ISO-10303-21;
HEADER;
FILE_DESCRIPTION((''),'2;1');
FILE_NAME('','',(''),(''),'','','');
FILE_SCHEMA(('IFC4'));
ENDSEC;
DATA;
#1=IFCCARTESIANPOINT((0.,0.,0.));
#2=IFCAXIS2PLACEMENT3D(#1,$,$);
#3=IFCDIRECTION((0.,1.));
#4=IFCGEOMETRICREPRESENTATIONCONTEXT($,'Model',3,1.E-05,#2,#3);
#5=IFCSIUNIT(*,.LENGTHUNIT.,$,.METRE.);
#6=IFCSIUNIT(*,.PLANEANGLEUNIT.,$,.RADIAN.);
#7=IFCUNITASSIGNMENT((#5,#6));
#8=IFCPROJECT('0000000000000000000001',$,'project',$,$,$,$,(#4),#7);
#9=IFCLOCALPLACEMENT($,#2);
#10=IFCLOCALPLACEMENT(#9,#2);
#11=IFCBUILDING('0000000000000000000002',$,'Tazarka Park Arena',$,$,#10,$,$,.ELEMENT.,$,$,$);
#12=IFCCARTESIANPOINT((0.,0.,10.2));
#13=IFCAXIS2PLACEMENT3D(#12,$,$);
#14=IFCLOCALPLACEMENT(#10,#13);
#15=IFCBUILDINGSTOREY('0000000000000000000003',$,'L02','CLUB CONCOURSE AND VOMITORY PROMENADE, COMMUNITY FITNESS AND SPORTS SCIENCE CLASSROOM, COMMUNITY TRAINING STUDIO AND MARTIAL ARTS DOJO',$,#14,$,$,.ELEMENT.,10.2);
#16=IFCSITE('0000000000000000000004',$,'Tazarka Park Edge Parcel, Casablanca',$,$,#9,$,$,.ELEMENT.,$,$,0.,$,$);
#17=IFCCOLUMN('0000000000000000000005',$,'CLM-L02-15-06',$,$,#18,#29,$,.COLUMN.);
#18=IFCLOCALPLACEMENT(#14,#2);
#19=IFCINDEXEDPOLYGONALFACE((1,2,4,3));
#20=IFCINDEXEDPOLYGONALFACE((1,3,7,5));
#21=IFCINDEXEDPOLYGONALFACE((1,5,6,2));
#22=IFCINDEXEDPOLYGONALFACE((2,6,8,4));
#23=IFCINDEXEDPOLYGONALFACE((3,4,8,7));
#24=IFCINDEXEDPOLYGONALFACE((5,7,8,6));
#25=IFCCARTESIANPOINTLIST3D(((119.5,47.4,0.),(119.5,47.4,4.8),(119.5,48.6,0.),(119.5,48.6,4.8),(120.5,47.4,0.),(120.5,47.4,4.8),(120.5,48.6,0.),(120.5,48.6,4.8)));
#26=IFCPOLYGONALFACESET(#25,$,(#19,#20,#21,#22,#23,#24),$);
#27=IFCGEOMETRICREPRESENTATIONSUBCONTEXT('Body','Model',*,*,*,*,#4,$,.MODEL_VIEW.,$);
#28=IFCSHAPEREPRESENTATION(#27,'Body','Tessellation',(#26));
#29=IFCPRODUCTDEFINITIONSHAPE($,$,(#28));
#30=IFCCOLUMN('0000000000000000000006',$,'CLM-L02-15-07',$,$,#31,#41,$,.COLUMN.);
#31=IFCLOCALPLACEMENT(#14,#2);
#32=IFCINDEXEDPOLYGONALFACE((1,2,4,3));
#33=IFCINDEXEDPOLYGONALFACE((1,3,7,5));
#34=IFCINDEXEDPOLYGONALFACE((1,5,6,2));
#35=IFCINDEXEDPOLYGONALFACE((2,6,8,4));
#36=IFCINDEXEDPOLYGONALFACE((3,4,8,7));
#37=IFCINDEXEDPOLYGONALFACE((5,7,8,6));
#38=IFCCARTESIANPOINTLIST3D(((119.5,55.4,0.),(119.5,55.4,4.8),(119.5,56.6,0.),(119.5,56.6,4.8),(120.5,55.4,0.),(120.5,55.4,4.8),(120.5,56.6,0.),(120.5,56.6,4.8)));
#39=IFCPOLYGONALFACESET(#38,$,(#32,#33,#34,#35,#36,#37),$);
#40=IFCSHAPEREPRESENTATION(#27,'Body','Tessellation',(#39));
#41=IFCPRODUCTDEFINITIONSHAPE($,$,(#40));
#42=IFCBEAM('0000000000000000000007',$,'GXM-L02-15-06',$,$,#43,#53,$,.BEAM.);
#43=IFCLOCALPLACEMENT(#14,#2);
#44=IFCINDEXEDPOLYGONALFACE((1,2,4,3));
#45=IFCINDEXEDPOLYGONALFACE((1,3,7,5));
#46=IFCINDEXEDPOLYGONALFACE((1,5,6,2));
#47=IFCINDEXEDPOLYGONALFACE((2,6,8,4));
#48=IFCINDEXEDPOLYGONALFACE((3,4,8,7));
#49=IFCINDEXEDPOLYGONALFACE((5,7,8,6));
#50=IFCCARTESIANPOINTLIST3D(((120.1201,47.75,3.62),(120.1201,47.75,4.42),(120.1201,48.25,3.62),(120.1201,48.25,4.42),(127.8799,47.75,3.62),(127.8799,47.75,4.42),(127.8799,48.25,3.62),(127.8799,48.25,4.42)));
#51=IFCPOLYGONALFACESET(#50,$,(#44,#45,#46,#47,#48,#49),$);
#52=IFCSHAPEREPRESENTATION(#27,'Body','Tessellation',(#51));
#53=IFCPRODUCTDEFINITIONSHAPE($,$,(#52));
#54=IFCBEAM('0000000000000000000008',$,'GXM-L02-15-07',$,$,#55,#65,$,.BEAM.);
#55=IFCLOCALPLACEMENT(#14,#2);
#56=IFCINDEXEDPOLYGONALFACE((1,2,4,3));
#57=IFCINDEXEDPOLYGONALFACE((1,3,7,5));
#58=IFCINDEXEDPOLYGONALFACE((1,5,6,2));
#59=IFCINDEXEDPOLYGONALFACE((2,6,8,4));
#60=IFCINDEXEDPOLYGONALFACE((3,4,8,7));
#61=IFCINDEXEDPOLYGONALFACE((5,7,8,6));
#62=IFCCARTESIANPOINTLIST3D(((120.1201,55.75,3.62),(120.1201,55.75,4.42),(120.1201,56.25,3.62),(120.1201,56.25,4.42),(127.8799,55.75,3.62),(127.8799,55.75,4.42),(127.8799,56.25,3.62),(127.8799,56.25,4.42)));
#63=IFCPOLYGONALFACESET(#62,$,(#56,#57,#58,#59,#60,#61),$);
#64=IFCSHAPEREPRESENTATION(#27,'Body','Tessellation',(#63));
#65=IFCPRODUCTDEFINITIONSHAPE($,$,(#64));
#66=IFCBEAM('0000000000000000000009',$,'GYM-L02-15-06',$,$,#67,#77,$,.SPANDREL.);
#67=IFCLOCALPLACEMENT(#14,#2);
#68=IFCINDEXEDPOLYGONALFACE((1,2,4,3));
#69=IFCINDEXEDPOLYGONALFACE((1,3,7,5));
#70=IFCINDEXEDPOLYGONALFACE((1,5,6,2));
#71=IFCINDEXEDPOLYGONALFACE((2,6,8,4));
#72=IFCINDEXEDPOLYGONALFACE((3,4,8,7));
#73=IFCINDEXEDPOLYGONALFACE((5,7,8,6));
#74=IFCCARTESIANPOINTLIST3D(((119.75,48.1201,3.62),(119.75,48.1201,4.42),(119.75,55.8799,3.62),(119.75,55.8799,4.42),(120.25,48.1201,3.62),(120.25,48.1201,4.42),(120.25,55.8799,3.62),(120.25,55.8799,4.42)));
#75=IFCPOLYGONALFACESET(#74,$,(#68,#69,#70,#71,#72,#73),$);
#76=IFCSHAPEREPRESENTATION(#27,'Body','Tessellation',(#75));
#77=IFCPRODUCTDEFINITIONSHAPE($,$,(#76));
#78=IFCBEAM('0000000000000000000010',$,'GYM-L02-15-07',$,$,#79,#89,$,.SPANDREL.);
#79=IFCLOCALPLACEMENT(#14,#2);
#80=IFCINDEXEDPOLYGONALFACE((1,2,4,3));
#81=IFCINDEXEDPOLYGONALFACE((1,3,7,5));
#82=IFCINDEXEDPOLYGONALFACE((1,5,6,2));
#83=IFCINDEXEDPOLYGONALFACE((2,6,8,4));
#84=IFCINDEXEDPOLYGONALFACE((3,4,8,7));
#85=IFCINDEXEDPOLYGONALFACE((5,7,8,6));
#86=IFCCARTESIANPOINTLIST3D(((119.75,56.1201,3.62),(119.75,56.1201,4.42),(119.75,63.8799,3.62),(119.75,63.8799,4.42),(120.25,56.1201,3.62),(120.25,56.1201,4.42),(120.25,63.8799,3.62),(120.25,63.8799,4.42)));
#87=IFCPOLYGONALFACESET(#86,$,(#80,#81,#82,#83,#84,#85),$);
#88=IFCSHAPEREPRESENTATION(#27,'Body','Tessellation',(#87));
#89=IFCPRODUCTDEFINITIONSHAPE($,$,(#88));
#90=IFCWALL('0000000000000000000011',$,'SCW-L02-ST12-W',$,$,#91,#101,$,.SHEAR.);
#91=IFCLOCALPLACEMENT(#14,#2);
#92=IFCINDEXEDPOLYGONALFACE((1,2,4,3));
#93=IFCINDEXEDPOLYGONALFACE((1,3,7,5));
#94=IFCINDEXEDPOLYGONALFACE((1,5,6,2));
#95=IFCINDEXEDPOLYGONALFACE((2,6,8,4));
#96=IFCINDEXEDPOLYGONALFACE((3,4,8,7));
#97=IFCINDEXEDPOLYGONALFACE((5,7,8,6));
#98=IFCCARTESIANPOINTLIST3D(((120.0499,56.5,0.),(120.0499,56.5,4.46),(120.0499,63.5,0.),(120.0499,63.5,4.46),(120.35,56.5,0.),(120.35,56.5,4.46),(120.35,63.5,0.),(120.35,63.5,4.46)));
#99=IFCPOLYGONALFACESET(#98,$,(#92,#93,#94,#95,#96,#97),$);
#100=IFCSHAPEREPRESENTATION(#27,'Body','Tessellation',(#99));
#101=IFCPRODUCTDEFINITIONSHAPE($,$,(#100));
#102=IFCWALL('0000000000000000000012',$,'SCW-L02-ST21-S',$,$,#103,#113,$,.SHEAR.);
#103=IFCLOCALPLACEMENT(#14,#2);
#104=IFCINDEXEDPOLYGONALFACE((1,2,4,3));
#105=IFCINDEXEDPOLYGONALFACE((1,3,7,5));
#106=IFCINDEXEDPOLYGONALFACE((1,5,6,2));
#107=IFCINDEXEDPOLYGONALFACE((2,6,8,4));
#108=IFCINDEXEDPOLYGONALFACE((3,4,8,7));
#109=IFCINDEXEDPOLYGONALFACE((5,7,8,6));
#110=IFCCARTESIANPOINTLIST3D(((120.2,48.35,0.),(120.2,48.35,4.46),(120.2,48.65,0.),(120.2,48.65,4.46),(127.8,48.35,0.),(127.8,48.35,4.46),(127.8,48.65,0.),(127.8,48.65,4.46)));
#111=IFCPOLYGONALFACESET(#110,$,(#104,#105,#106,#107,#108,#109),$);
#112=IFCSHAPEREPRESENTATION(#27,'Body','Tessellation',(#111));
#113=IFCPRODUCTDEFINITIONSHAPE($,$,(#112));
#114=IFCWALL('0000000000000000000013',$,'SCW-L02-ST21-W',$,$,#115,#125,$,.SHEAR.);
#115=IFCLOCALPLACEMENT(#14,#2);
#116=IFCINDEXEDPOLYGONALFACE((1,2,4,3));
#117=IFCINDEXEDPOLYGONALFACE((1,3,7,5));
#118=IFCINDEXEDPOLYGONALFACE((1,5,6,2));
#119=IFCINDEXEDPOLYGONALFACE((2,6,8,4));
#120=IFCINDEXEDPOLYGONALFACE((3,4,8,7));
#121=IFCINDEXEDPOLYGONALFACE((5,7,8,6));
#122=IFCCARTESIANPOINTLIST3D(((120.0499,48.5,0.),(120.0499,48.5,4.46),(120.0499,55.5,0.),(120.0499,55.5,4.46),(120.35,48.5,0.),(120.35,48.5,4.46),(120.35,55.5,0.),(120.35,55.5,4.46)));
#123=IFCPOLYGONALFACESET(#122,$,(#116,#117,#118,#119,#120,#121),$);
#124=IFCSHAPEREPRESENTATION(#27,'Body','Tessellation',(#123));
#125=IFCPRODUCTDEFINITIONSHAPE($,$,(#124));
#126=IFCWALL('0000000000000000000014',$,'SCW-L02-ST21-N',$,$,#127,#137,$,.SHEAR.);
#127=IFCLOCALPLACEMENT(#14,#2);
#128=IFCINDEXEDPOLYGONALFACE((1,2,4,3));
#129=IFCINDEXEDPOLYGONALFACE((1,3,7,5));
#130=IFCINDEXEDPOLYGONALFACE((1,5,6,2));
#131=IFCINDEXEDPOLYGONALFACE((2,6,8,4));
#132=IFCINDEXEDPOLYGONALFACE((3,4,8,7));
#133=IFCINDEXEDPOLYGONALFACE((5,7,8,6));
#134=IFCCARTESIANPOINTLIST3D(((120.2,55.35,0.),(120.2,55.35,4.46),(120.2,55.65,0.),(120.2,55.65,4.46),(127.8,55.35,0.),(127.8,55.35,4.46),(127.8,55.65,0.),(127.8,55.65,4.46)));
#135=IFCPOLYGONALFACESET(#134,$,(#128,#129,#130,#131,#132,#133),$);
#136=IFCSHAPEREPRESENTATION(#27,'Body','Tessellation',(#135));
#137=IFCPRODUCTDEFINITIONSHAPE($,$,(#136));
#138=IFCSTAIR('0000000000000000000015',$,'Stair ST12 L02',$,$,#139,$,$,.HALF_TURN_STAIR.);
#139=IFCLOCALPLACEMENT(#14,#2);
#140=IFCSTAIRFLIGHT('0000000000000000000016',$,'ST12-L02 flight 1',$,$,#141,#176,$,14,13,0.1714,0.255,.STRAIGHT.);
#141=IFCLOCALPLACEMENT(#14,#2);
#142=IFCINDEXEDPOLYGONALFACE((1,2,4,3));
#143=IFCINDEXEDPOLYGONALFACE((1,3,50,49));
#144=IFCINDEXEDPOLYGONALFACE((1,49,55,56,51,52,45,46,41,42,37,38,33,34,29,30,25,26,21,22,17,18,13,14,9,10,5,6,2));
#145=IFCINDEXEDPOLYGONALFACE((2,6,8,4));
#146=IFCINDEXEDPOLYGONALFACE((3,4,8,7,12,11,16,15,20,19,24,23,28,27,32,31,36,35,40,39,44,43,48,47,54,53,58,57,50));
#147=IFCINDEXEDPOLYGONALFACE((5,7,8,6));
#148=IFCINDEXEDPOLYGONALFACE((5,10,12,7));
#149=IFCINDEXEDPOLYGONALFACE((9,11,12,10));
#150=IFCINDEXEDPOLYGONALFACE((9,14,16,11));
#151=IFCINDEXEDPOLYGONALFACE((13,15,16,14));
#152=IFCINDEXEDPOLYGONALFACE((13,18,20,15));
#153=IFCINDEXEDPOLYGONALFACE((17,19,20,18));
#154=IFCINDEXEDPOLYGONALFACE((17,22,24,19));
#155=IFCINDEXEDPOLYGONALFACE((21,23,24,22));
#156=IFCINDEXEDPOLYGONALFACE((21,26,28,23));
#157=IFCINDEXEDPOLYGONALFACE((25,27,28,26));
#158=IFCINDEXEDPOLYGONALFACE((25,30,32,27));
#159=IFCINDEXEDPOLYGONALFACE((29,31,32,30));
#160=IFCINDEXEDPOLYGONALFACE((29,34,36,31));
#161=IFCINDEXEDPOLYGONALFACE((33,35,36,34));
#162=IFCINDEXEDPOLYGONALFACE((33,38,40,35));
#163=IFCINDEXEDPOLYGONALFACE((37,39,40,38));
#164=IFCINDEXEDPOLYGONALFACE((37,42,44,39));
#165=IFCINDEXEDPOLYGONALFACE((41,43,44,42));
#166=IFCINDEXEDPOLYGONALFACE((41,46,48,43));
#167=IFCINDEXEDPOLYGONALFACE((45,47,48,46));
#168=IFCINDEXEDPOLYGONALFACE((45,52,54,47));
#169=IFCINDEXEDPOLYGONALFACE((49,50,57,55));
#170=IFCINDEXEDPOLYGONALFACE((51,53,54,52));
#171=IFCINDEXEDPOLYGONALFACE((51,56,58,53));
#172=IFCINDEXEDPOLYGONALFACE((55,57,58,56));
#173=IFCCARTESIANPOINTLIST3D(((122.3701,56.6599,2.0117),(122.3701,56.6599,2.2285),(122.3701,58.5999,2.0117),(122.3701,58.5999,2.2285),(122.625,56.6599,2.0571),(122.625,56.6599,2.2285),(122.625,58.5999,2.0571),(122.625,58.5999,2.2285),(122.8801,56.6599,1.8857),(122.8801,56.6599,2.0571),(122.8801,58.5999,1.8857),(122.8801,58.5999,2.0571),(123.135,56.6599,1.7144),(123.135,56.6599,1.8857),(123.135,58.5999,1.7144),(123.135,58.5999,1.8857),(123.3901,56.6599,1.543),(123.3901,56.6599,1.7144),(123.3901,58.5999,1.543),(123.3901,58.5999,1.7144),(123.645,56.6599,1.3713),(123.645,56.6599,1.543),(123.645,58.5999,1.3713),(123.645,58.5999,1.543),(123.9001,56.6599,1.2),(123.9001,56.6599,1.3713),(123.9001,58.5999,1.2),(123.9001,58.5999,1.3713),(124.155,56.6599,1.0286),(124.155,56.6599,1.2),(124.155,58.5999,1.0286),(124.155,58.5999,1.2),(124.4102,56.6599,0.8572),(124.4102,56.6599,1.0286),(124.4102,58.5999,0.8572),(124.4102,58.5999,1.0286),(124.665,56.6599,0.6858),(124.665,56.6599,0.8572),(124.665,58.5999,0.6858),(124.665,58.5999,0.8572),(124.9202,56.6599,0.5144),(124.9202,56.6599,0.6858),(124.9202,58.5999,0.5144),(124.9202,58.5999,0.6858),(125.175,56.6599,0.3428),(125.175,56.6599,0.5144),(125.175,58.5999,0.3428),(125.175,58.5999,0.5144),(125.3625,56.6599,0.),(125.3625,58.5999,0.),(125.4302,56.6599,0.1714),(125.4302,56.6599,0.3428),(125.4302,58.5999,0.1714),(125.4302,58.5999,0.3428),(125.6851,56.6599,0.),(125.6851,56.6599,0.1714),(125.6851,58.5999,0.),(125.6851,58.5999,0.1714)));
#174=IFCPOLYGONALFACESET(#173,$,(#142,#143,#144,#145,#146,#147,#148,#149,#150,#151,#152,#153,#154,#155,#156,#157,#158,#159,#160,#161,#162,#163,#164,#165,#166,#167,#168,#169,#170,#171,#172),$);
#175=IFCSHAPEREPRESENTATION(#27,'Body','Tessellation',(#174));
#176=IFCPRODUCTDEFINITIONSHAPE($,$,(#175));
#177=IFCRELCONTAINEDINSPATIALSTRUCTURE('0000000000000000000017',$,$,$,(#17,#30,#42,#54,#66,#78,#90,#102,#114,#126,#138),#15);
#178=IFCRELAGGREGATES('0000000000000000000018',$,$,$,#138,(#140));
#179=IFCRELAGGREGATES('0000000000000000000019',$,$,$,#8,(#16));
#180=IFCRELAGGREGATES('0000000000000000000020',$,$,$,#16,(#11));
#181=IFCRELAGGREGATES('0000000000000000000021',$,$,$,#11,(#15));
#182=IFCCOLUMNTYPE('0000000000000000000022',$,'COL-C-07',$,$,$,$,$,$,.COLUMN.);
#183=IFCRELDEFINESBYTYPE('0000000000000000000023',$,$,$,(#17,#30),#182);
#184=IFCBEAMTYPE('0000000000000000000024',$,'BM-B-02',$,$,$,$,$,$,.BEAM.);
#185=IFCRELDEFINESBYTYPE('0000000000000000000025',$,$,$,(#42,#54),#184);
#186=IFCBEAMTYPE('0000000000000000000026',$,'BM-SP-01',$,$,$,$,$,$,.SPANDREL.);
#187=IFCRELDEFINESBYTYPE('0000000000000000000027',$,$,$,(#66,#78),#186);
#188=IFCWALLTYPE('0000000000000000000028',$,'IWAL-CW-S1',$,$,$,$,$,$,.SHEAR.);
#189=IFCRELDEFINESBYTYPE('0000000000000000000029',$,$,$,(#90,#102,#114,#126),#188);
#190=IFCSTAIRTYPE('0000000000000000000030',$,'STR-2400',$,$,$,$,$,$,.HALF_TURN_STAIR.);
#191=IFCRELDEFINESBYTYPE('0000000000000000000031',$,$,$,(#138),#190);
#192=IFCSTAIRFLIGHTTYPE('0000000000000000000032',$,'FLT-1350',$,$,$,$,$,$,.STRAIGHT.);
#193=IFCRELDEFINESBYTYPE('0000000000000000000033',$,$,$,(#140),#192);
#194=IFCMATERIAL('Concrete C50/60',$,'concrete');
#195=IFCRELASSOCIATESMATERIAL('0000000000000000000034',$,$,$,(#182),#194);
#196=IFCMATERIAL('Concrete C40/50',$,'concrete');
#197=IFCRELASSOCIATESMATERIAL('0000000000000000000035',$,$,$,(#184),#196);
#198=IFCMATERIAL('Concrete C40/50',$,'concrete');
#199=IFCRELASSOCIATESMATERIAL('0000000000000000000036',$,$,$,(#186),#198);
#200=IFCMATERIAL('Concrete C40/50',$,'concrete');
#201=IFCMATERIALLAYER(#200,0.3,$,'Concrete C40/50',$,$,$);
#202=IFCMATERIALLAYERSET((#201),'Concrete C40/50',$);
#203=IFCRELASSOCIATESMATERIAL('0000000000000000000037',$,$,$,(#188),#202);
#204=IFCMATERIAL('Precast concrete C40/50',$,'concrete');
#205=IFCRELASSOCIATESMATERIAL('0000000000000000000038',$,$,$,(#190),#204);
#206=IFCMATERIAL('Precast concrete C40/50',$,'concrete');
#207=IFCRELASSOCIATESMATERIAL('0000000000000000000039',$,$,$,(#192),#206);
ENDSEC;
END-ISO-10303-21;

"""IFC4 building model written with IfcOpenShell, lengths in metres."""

from ifc_helpers import new_model, si_unit, direction, frame, frame_2d, origin, origin_2d, place, context, subcontext, project, spatial, polyline, rectangle, outline, extrude, material, layer, layer_set, material_profile, profile_set, type_object, element, aggregate, save


model = new_model("IFC4")

# Units and contexts
model_context = context("Model", 3, precision=1e-05, world=origin(), true_north=direction((0.0, 1.0)))
body_context = subcontext(model_context, "Body", "Model", "MODEL_VIEW")
ifc_project = project(units=[si_unit("LENGTHUNIT", "METRE"), si_unit("PLANEANGLEUNIT", "RADIAN")], contexts=[model_context])

# Site, building, storey
site_placement = place(None, origin())
site = spatial("IfcSite", under=ifc_project, at=site_placement, Name="Tazarka Park Edge Parcel, Casablanca", CompositionType="ELEMENT", RefElevation=0.0)
building_placement = place(site_placement, origin())
building = spatial("IfcBuilding", under=site, at=building_placement, Name="Tazarka Park Arena", CompositionType="ELEMENT")
storey_placement = place(building_placement, frame((0.0, 0.0, 10.2)))
storey = spatial("IfcBuildingStorey", under=building, at=storey_placement, Name="L02", Description="CLUB CONCOURSE AND VOMITORY PROMENADE, COMMUNITY FITNESS AND SPORTS SCIENCE CLASSROOM, COMMUNITY TRAINING STUDIO AND MARTIAL ARTS DOJO", CompositionType="ELEMENT", Elevation=10.2)

# Columns
ifc_material_1 = material(Name="Concrete C50/60", Category="concrete")
ifc_material_profile_1 = material_profile(ifc_material_1, rectangle(XDim=1.0, YDim=1.2, at=origin_2d()), Name="Concrete C50/60")
ifc_profile_set_1 = profile_set([ifc_material_profile_1], Name="Concrete C50/60")
column_type = type_object("IfcColumnType", Name="COL-C-07", PredefinedType="COLUMN", material=ifc_profile_set_1)
for number, where, z_axis, x_axis, name in (
    (1, (120.0, 48.0, 0.0), (0.0, 0.0, 1.0), (1.0, 0.0, 0.0), "CLM-L02-15-06"),
    (2, (120.0, 56.0, 0.0), (0.0, 0.0, 1.0), (1.0, 0.0, 0.0), "CLM-L02-15-07"),
):
    element("IfcColumn", number, at=place(storey_placement, frame(where, z_axis=z_axis, x_axis=x_axis)), inside=storey, type_object=column_type, Name=name, PredefinedType="COLUMN", context=body_context, shape_type="SweptSolid", body=[
        extrude(rectangle(XDim=1.0, YDim=1.2, at=origin_2d()), origin(), (0.0, 0.0, 1.0), 4.8),
    ])

# Beams
ifc_material_2 = material(Name="Concrete C40/50", Category="concrete")
ifc_material_profile_2 = material_profile(ifc_material_2, rectangle(XDim=0.5, YDim=0.8, at=origin_2d()), Name="Concrete C40/50")
ifc_profile_set_2 = profile_set([ifc_material_profile_2], Name="Concrete C40/50")
beam_type_1 = type_object("IfcBeamType", Name="BM-B-02", PredefinedType="BEAM", material=ifc_profile_set_2)
for number, where, z_axis, x_axis, name in (
    (3, (120.1201, 48.0, 4.02), (1.0, 0.0, 0.0), (0.0, 1.0, 0.0), "GXM-L02-15-06"),
    (4, (120.1201, 56.0, 4.02), (1.0, 0.0, 0.0), (0.0, 1.0, 0.0), "GXM-L02-15-07"),
):
    element("IfcBeam", number, at=place(storey_placement, frame(where, z_axis=z_axis, x_axis=x_axis)), inside=storey, type_object=beam_type_1, Name=name, PredefinedType="BEAM", context=body_context, shape_type="SweptSolid", body=[
        extrude(rectangle(XDim=0.5, YDim=0.8, at=origin_2d()), origin(), (0.0, 0.0, 1.0), 7.7598),
    ])
ifc_material_3 = material(Name="Concrete C40/50", Category="concrete")
ifc_material_profile_3 = material_profile(ifc_material_3, rectangle(XDim=0.5, YDim=0.8, at=origin_2d()), Name="Concrete C40/50")
ifc_profile_set_3 = profile_set([ifc_material_profile_3], Name="Concrete C40/50")
beam_type_2 = type_object("IfcBeamType", Name="BM-SP-01", PredefinedType="SPANDREL", material=ifc_profile_set_3)
for number, where, z_axis, x_axis, name in (
    (5, (120.0, 48.1201, 4.02), (0.0, 1.0, 0.0), (-1.0, 0.0, 0.0), "GYM-L02-15-06"),
    (6, (120.0, 56.1201, 4.02), (0.0, 1.0, 0.0), (-1.0, 0.0, 0.0), "GYM-L02-15-07"),
):
    element("IfcBeam", number, at=place(storey_placement, frame(where, z_axis=z_axis, x_axis=x_axis)), inside=storey, type_object=beam_type_2, Name=name, PredefinedType="SPANDREL", context=body_context, shape_type="SweptSolid", body=[
        extrude(rectangle(XDim=0.5, YDim=0.8, at=origin_2d()), origin(), (0.0, 0.0, 1.0), 7.7598),
    ])

# Walls
ifc_material_4 = material(Name="Concrete C40/50", Category="concrete")
ifc_layer = layer(ifc_material_4, 0.3, Name="Concrete C40/50")
ifc_layer_set = layer_set([ifc_layer], Name="Concrete C40/50")
wall_type = type_object("IfcWallType", Name="IWAL-CW-S1", PredefinedType="SHEAR", material=ifc_layer_set)
wall_1_placement = place(storey_placement, frame((120.2, 56.5, 0.0), z_axis=(0.0, 0.0, 1.0), x_axis=(0.0, 1.0, 0.0)))
element("IfcWall", 7, at=wall_1_placement, inside=storey, type_object=wall_type, Name="SCW-L02-ST12-W", PredefinedType="SHEAR", context=body_context, shape_type="SweptSolid", body=[
    extrude(rectangle(XDim=7.0, YDim=0.3, at=frame_2d((3.5, 0.0))), origin(), (0.0, 0.0, 1.0), 4.46),
])
wall_2_placement = place(storey_placement, frame((127.8, 48.5, 0.0), z_axis=(0.0, 0.0, 1.0), x_axis=(-1.0, 0.0, 0.0)))
element("IfcWall", 8, at=wall_2_placement, inside=storey, type_object=wall_type, Name="SCW-L02-ST21-S", PredefinedType="SHEAR", context=body_context, shape_type="SweptSolid", body=[
    extrude(rectangle(XDim=7.6001, YDim=0.3, at=frame_2d((3.8, 0.0))), origin(), (0.0, 0.0, 1.0), 4.46),
])
wall_3_placement = place(storey_placement, frame((120.2, 48.5, 0.0), z_axis=(0.0, 0.0, 1.0), x_axis=(0.0, 1.0, 0.0)))
element("IfcWall", 9, at=wall_3_placement, inside=storey, type_object=wall_type, Name="SCW-L02-ST21-W", PredefinedType="SHEAR", context=body_context, shape_type="SweptSolid", body=[
    extrude(rectangle(XDim=7.0, YDim=0.3, at=frame_2d((3.5, 0.0))), origin(), (0.0, 0.0, 1.0), 4.46),
])
wall_4_placement = place(storey_placement, frame((120.2, 55.5, 0.0), z_axis=(0.0, 0.0, 1.0), x_axis=(1.0, 0.0, 0.0)))
element("IfcWall", 10, at=wall_4_placement, inside=storey, type_object=wall_type, Name="SCW-L02-ST21-N", PredefinedType="SHEAR", context=body_context, shape_type="SweptSolid", body=[
    extrude(rectangle(XDim=7.6001, YDim=0.3, at=frame_2d((3.8, 0.0))), origin(), (0.0, 0.0, 1.0), 4.46),
])

# Stair, stair flight
ifc_material_5 = material(Name="Precast concrete C40/50", Category="concrete")
stair_type_1 = type_object("IfcStairType", Name="STR-2400", PredefinedType="HALF_TURN_STAIR", material=ifc_material_5)
stair_1_placement = place(storey_placement, origin())
stair_1 = element("IfcStair", 11, at=stair_1_placement, inside=storey, type_object=stair_type_1, Name="Stair ST12 L02", PredefinedType="HALF_TURN_STAIR")
ifc_material_6 = material(Name="Precast concrete C40/50", Category="concrete")
stair_flight_type_1 = type_object("IfcStairFlightType", Name="FLT-1350", PredefinedType="STRAIGHT", material=ifc_material_6)
stair_flight_1_placement = place(storey_placement, frame((125.6851, 57.6299, 0.0), z_axis=(0.0, 0.0, 1.0), x_axis=(-1.0, 0.0, 0.0)))
stair_flight_1 = element("IfcStairFlight", 12, at=stair_flight_1_placement, type_object=stair_flight_type_1, Name="ST12-L02 flight 1", NumberOfRisers=14, NumberOfTreads=13, PredefinedType="STRAIGHT", RiserHeight=0.1714, TreadLength=0.255, context=body_context, shape_type="SweptSolid", body=[
    extrude(outline(polyline([(0.0, 0.0), (0.0, 0.1714), (0.2549, 0.1714), (0.2549, 0.3428), (0.51, 0.3428), (0.51, 0.5144), (0.7649, 0.5144), (0.7649, 0.6858), (1.02, 0.6858), (1.02, 0.8572), (1.2749, 0.8572), (1.2749, 1.0286), (1.53, 1.0286), (1.53, 1.2), (1.7849, 1.2), (1.7849, 1.3713), (2.04, 1.3713), (2.04, 1.543), (2.2949, 1.543), (2.2949, 1.7144), (2.55, 1.7144), (2.55, 1.8857), (2.8049, 1.8857), (2.8049, 2.0571), (3.0601, 2.0571), (3.0601, 2.2285), (3.3149, 2.2285), (3.3149, 2.3999), (3.3149, 2.0117), (0.3225, 0.0), (0.0, 0.0)])), frame((0.0, 0.97, 0.0), z_axis=(0.0, -1.0, 0.0), x_axis=(1.0, 0.0, 0.0)), (0.0, 0.0, 1.0), 1.9399),
])
aggregate(stair_1, [stair_flight_1])

save(model, "model.ifc")
